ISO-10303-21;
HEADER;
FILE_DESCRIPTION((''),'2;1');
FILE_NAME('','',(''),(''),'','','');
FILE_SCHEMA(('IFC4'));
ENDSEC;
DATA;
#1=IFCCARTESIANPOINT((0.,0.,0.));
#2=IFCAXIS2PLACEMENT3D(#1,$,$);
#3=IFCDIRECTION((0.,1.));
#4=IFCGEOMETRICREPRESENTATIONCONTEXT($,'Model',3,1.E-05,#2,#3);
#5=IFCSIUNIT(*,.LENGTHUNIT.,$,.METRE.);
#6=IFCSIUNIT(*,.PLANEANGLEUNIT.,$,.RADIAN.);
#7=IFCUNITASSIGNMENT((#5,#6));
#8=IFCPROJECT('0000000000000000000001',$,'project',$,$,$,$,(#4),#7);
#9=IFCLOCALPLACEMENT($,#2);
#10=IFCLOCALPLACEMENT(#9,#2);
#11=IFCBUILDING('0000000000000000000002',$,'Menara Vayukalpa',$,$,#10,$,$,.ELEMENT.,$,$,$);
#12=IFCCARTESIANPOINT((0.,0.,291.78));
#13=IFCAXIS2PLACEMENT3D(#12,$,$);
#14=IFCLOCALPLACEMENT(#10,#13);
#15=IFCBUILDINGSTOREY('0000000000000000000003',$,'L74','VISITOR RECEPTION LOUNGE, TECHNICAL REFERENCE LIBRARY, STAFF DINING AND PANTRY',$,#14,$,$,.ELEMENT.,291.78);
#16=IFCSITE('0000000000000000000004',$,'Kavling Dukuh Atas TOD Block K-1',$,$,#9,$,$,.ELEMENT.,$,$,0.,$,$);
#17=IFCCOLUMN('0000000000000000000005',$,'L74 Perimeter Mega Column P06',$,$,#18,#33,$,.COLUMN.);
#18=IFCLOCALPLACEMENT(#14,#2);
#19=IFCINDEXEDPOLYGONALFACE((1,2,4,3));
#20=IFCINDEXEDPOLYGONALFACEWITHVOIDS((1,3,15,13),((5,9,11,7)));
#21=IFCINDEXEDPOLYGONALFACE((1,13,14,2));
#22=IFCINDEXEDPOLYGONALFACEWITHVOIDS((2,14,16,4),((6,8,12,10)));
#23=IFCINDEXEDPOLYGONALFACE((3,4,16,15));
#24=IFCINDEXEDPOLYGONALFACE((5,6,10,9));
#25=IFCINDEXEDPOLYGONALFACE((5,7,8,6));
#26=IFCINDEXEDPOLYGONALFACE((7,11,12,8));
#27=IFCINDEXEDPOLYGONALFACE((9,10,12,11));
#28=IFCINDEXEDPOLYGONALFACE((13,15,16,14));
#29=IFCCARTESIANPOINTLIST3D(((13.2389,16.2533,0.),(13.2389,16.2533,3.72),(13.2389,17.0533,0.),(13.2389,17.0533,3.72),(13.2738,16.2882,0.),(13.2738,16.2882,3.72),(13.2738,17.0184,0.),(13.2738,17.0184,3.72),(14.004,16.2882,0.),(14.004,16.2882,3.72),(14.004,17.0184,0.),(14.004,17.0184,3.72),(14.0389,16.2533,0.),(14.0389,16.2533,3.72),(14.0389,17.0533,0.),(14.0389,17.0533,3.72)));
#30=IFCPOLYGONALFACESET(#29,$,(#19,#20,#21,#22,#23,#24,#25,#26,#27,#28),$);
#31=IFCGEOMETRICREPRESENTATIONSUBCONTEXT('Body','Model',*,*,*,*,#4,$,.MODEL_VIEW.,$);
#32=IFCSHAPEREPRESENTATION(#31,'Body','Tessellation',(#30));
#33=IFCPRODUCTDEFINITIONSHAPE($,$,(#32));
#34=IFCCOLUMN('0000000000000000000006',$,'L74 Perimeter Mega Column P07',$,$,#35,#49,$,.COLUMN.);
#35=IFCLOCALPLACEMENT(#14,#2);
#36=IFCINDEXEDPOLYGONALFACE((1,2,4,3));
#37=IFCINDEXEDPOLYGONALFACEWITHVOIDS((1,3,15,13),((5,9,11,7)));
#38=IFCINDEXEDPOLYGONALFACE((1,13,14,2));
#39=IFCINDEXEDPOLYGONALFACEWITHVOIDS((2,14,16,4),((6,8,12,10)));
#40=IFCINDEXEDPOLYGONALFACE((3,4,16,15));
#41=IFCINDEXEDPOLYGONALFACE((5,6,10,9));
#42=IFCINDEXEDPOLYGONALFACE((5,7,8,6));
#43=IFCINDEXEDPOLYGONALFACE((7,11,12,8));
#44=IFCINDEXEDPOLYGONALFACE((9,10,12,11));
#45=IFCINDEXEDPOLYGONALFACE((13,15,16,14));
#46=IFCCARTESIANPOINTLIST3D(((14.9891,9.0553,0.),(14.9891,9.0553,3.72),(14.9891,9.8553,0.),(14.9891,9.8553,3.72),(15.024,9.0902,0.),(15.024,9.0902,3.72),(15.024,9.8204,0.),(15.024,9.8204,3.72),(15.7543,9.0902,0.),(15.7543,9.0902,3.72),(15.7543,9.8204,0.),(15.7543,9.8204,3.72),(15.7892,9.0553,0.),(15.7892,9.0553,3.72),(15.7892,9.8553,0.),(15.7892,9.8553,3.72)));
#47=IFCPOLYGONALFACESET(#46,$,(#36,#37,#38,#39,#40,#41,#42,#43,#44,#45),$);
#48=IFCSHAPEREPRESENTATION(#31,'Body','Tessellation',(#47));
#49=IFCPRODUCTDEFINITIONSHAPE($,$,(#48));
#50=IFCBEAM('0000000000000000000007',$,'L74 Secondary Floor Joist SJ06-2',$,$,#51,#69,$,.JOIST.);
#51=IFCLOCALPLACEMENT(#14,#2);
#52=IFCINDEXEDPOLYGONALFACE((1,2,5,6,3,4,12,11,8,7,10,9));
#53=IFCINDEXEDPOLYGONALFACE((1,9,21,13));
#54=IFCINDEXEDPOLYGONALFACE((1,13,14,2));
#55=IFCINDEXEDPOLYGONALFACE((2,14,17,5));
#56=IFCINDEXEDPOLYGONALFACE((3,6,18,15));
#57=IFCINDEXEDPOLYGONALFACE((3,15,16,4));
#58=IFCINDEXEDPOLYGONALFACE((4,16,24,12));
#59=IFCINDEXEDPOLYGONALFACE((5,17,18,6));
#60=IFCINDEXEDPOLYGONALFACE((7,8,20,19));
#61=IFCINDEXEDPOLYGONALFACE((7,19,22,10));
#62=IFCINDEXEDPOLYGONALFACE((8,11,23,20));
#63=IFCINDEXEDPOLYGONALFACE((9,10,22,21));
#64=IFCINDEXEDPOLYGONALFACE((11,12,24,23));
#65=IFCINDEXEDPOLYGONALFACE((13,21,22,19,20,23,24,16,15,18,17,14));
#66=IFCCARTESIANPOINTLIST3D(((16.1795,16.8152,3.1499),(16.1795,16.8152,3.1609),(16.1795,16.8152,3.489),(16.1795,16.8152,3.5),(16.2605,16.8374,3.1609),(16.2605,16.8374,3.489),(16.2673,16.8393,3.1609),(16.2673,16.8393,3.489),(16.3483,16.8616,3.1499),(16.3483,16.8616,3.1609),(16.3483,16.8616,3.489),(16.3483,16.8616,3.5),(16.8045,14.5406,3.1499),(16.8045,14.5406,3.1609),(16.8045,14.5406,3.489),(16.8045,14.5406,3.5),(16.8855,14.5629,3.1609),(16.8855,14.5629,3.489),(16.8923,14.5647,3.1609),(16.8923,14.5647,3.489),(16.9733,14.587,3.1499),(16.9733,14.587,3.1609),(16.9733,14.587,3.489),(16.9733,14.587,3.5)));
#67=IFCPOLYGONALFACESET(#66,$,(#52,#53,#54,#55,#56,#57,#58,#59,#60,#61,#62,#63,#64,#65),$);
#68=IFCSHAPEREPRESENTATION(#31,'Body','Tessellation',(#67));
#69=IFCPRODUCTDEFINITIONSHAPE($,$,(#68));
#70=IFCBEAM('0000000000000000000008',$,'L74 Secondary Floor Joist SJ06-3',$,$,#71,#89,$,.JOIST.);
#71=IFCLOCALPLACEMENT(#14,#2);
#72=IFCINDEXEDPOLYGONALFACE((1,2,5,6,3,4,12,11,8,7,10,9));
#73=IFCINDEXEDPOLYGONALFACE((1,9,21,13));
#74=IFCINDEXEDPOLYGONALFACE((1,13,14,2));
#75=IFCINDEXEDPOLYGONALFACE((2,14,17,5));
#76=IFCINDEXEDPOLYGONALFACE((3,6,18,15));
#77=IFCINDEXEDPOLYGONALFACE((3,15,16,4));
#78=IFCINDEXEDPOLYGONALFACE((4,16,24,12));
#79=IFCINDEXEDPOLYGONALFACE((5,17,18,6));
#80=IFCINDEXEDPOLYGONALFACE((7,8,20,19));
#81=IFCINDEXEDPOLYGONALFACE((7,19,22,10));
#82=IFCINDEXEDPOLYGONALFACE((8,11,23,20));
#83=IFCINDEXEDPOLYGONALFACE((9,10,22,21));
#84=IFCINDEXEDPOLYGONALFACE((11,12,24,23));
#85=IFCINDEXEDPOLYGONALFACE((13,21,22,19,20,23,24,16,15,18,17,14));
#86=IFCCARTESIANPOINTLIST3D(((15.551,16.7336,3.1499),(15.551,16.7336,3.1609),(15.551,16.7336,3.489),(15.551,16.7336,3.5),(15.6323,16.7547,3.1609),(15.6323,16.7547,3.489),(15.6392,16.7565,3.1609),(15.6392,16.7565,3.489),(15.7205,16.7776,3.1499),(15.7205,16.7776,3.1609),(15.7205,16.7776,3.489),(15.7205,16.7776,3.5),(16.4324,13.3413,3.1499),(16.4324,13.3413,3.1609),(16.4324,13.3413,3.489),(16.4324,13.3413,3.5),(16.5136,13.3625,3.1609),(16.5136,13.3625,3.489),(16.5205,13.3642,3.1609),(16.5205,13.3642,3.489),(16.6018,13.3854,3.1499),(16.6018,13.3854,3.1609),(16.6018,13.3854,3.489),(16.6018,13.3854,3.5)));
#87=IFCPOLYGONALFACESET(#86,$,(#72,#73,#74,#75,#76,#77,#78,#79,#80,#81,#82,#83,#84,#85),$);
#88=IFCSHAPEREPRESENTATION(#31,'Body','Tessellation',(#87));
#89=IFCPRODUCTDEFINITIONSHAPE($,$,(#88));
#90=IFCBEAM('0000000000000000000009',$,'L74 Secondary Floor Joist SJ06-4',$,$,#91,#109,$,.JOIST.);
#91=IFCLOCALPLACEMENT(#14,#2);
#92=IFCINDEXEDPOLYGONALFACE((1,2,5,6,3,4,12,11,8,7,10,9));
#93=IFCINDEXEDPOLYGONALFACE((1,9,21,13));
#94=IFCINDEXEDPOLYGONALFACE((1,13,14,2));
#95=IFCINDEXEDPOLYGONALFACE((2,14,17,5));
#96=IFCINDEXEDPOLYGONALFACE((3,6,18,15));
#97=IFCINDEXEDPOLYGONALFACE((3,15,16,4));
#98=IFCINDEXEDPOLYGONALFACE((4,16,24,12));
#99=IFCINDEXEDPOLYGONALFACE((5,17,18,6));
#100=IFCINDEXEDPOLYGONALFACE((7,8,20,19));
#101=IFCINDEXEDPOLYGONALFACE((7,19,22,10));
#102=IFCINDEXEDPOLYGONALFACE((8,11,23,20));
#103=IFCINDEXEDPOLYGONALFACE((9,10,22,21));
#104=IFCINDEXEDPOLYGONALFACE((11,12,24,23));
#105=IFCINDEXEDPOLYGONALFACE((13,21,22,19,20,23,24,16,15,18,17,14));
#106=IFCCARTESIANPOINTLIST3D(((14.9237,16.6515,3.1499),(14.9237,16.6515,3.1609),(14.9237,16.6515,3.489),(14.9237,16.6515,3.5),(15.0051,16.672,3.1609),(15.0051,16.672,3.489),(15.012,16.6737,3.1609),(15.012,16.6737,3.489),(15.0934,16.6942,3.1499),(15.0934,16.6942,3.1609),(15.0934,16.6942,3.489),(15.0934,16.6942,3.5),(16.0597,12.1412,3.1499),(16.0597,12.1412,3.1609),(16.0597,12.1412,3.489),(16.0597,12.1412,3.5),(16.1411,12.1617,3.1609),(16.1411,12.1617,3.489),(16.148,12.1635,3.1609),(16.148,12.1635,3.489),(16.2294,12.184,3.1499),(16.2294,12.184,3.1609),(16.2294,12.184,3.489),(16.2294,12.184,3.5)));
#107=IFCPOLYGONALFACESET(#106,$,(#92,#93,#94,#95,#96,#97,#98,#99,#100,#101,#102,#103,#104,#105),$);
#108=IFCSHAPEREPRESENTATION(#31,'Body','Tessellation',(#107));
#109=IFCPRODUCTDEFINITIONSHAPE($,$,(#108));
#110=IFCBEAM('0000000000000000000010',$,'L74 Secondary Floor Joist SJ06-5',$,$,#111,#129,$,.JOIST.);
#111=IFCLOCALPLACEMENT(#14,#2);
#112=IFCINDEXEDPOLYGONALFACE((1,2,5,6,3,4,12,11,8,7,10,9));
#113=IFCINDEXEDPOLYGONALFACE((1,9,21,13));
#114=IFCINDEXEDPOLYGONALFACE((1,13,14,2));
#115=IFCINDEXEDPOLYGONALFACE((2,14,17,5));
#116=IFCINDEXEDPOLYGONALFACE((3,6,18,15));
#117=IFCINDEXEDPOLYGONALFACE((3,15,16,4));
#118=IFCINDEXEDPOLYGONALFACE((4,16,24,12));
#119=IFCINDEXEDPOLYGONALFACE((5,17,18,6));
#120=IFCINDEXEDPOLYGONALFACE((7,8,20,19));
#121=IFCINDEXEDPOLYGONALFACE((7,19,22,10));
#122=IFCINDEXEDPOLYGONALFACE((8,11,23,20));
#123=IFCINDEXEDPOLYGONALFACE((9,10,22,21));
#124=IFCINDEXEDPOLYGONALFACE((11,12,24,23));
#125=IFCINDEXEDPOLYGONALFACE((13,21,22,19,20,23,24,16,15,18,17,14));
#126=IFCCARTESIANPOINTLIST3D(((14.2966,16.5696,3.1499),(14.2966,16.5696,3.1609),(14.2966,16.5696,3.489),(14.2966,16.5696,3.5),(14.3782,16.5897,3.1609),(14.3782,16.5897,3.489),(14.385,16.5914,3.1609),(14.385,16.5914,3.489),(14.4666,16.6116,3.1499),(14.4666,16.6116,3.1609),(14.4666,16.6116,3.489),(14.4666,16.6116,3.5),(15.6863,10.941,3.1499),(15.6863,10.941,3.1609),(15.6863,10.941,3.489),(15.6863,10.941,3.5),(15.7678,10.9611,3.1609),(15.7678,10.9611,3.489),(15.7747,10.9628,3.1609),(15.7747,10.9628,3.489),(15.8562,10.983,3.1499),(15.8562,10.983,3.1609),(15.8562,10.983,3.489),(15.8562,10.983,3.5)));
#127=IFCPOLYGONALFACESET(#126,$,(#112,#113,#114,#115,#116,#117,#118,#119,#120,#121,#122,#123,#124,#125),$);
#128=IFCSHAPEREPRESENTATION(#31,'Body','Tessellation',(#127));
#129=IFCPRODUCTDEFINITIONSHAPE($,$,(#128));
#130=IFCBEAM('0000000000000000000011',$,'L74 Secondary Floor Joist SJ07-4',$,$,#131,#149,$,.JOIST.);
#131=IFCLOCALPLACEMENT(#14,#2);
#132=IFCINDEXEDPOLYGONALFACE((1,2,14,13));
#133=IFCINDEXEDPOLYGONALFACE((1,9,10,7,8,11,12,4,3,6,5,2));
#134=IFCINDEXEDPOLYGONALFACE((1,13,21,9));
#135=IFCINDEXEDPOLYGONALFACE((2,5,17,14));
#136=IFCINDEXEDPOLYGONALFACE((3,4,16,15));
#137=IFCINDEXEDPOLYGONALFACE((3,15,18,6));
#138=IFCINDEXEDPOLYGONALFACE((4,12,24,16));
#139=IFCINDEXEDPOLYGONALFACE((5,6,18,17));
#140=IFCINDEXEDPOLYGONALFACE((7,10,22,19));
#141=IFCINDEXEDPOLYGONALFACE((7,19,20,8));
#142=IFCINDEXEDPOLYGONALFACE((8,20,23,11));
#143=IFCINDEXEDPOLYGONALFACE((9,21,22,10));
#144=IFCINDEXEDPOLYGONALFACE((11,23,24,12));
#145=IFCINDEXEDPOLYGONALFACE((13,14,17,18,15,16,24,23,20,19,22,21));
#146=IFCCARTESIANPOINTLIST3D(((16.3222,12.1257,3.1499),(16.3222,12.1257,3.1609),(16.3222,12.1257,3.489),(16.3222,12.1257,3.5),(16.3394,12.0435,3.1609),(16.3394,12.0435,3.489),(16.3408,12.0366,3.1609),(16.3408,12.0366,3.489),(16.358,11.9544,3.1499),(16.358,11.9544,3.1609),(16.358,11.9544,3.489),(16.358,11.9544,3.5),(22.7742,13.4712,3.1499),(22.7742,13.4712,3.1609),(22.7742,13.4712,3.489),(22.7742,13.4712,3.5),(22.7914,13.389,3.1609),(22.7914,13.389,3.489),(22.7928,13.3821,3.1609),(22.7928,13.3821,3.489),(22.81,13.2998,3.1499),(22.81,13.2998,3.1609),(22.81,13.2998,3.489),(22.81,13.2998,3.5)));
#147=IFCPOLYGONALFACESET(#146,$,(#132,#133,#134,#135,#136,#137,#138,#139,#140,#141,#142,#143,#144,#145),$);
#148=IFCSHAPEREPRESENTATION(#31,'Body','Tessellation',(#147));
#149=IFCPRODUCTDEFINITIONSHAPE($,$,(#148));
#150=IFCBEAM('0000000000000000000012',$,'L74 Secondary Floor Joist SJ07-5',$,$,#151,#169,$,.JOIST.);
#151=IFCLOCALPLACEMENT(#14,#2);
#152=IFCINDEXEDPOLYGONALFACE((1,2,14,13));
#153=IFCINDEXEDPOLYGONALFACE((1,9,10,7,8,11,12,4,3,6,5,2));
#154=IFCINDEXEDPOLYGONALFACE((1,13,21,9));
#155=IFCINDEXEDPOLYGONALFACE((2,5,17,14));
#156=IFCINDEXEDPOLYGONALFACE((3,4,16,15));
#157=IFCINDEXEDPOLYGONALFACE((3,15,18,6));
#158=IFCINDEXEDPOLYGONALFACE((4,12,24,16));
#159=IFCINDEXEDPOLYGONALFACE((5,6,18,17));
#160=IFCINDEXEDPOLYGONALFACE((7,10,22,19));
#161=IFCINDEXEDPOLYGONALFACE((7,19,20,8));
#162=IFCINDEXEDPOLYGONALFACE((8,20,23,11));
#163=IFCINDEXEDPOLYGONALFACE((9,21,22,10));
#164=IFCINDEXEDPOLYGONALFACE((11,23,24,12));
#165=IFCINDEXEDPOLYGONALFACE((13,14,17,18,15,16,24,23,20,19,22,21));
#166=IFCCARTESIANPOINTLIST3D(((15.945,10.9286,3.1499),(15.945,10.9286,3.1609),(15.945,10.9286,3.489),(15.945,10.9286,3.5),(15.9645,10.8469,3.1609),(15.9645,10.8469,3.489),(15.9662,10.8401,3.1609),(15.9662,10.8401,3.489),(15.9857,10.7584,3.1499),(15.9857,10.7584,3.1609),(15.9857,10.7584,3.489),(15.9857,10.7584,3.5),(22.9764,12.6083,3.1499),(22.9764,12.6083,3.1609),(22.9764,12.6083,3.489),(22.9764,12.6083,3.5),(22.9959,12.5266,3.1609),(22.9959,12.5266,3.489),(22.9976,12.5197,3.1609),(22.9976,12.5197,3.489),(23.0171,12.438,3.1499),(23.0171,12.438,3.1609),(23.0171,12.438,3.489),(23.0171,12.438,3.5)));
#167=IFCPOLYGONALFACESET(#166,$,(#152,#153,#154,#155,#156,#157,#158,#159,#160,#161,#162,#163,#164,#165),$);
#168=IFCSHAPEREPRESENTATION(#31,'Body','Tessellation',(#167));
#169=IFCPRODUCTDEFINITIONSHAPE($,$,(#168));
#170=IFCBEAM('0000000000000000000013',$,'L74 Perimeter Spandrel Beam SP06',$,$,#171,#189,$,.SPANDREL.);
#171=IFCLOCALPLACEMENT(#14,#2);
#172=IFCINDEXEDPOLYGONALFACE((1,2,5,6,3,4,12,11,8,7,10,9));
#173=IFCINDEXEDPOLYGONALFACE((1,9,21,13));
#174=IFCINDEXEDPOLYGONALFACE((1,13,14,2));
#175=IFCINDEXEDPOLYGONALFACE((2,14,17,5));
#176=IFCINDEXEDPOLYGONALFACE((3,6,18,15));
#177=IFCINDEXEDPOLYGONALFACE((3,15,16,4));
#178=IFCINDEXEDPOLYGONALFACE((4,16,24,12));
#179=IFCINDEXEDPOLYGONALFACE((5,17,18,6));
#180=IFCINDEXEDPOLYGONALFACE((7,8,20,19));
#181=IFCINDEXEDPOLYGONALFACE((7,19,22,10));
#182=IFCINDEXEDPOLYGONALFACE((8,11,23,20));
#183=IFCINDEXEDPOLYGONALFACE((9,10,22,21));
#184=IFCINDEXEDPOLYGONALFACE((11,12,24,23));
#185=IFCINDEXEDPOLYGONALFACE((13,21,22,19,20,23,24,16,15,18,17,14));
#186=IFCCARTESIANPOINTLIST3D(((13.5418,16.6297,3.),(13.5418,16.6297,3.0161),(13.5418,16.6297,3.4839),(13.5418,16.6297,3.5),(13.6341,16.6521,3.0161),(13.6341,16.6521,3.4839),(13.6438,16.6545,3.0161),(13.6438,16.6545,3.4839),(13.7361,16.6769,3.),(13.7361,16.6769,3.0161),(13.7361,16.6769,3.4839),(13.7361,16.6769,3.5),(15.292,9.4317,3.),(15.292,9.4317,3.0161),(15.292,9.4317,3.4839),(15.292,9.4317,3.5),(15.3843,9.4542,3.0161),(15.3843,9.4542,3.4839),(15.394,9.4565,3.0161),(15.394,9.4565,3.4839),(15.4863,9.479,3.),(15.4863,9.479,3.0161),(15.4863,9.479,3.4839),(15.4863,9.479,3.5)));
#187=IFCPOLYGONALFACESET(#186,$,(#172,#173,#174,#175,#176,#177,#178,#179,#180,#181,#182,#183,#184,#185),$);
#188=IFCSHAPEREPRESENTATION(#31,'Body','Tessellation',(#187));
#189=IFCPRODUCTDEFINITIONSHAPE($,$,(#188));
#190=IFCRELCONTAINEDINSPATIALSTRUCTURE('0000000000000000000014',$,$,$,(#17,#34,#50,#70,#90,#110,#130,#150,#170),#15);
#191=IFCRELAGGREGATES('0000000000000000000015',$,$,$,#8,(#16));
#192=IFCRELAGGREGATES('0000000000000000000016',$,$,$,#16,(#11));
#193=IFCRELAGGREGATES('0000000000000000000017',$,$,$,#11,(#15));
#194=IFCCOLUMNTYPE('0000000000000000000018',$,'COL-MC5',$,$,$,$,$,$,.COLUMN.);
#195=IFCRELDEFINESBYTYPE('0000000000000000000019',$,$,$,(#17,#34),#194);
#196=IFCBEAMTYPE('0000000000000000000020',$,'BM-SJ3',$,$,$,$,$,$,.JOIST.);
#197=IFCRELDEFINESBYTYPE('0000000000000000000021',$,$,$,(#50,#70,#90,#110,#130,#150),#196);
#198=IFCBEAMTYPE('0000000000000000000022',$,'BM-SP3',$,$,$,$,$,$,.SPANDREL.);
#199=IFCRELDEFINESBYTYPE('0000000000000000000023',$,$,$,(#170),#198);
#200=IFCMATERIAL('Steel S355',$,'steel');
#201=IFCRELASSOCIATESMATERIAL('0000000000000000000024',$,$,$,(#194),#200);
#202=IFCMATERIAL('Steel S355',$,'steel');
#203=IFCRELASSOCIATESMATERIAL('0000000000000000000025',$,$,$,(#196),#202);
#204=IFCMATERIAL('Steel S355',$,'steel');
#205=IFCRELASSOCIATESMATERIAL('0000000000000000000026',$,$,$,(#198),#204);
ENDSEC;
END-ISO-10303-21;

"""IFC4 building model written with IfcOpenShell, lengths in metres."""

from ifc_helpers import new_model, si_unit, direction, frame, origin, origin_2d, place, context, subcontext, project, spatial, hollow_rectangle, i_section, extrude, material, material_profile, profile_set, type_object, element, save


model = new_model("IFC4")

# Units and contexts
model_context = context("Model", 3, precision=1e-05, world=origin(), true_north=direction((0.0, 1.0)))
body_context = subcontext(model_context, "Body", "Model", "MODEL_VIEW")
ifc_project = project(units=[si_unit("LENGTHUNIT", "METRE"), si_unit("PLANEANGLEUNIT", "RADIAN")], contexts=[model_context])

# Site, building, storey
site_placement = place(None, origin())
site = spatial("IfcSite", under=ifc_project, at=site_placement, Name="Kavling Dukuh Atas TOD Block K-1", CompositionType="ELEMENT", RefElevation=0.0)
building_placement = place(site_placement, origin())
building = spatial("IfcBuilding", under=site, at=building_placement, Name="Menara Vayukalpa", CompositionType="ELEMENT")
storey_placement = place(building_placement, frame((0.0, 0.0, 291.78)))
storey = spatial("IfcBuildingStorey", under=building, at=storey_placement, Name="L74", Description="VISITOR RECEPTION LOUNGE, TECHNICAL REFERENCE LIBRARY, STAFF DINING AND PANTRY", CompositionType="ELEMENT", Elevation=291.78)

# Columns
ifc_material_1 = material(Name="Steel S355", Category="steel")
ifc_material_profile_1 = material_profile(ifc_material_1, hollow_rectangle(XDim=0.8, YDim=0.8, WallThickness=0.0349, at=origin_2d()), Name="BOX 800x800x35")
ifc_profile_set_1 = profile_set([ifc_material_profile_1], Name="Steel S355")
column_type = type_object("IfcColumnType", Name="COL-MC5", PredefinedType="COLUMN", material=ifc_profile_set_1)
for number, where, z_axis, x_axis, name in (
    (1, (13.6389, 16.6533, 0.0), (0.0, 0.0, 1.0), (1.0, 0.0, 0.0), "L74 Perimeter Mega Column P06"),
    (2, (15.3892, 9.4553, 0.0), (0.0, 0.0, 1.0), (1.0, 0.0, 0.0), "L74 Perimeter Mega Column P07"),
):
    element("IfcColumn", number, at=place(storey_placement, frame(where, z_axis=z_axis, x_axis=x_axis)), inside=storey, type_object=column_type, Name=name, PredefinedType="COLUMN", context=body_context, shape_type="SweptSolid", body=[
        extrude(hollow_rectangle(XDim=0.8, YDim=0.8, WallThickness=0.0349, at=origin_2d()), origin(), (0.0, 0.0, 1.0), 3.72),
    ])

# Beams
ifc_material_2 = material(Name="Steel S355", Category="steel")
ifc_material_profile_2 = material_profile(ifc_material_2, i_section(OverallWidth=0.175, OverallDepth=0.3501, WebThickness=0.0071, FlangeThickness=0.011, at=origin_2d()), Name="WF 350x175x7x11")
ifc_profile_set_2 = profile_set([ifc_material_profile_2], Name="Steel S355")
beam_type_1 = type_object("IfcBeamType", Name="BM-SJ3", PredefinedType="JOIST", material=ifc_profile_set_2)
beam_1_placement = place(storey_placement, frame((16.2639, 16.8384, 3.325), z_axis=(0.264947, -0.964263, 0.0), x_axis=(0.964263, 0.264947, 0.0)))
element("IfcBeam", 3, at=beam_1_placement, inside=storey, type_object=beam_type_1, Name="L74 Secondary Floor Joist SJ06-2", PredefinedType="JOIST", context=body_context, shape_type="SweptSolid", body=[
    extrude(i_section(OverallWidth=0.175, OverallDepth=0.3501, WebThickness=0.0071, FlangeThickness=0.011, at=origin_2d()), origin(), (0.0, 0.0, 1.0), 2.3589),
])
beam_2_placement = place(storey_placement, frame((15.6357, 16.7556, 3.325), z_axis=(0.251458, -0.967868, 0.0), x_axis=(0.967868, 0.251458, 0.0)))
element("IfcBeam", 4, at=beam_2_placement, inside=storey, type_object=beam_type_1, Name="L74 Secondary Floor Joist SJ06-3", PredefinedType="JOIST", context=body_context, shape_type="SweptSolid", body=[
    extrude(i_section(OverallWidth=0.175, OverallDepth=0.3501, WebThickness=0.0071, FlangeThickness=0.011, at=origin_2d()), origin(), (0.0, 0.0, 1.0), 3.5049),
])
beam_3_placement = place(storey_placement, frame((15.0085, 16.6729, 3.325), z_axis=(0.24424, -0.969715, 0.0), x_axis=(0.969715, 0.24424, 0.0)))
element("IfcBeam", 5, at=beam_3_placement, inside=storey, type_object=beam_type_1, Name="L74 Secondary Floor Joist SJ06-4", PredefinedType="JOIST", context=body_context, shape_type="SweptSolid", body=[
    extrude(i_section(OverallWidth=0.175, OverallDepth=0.3501, WebThickness=0.0071, FlangeThickness=0.011, at=origin_2d()), origin(), (0.0, 0.0, 1.0), 4.6511),
])
beam_4_placement = place(storey_placement, frame((14.3816, 16.5906, 3.325), z_axis=(0.239691, -0.970849, 0.0), x_axis=(0.970849, 0.239691, 0.0)))
element("IfcBeam", 6, at=beam_4_placement, inside=storey, type_object=beam_type_1, Name="L74 Secondary Floor Joist SJ06-5", PredefinedType="JOIST", context=body_context, shape_type="SweptSolid", body=[
    extrude(i_section(OverallWidth=0.175, OverallDepth=0.3501, WebThickness=0.0071, FlangeThickness=0.011, at=origin_2d()), origin(), (0.0, 0.0, 1.0), 5.7976),
])
beam_5_placement = place(storey_placement, frame((16.3401, 12.04, 3.325), z_axis=(0.978941, 0.204145, 0.0), x_axis=(-0.204145, 0.978941, 0.0)))
element("IfcBeam", 7, at=beam_5_placement, inside=storey, type_object=beam_type_1, Name="L74 Secondary Floor Joist SJ07-4", PredefinedType="JOIST", context=body_context, shape_type="SweptSolid", body=[
    extrude(i_section(OverallWidth=0.175, OverallDepth=0.3501, WebThickness=0.0071, FlangeThickness=0.011, at=origin_2d()), origin(), (0.0, 0.0, 1.0), 6.5908),
])
beam_6_placement = place(storey_placement, frame((15.9653, 10.8435, 3.325), z_axis=(0.972634, 0.232343, 0.0), x_axis=(-0.232343, 0.972634, 0.0)))
element("IfcBeam", 8, at=beam_6_placement, inside=storey, type_object=beam_type_1, Name="L74 Secondary Floor Joist SJ07-5", PredefinedType="JOIST", context=body_context, shape_type="SweptSolid", body=[
    extrude(i_section(OverallWidth=0.175, OverallDepth=0.3501, WebThickness=0.0071, FlangeThickness=0.011, at=origin_2d()), origin(), (0.0, 0.0, 1.0), 7.2292),
])
ifc_material_3 = material(Name="Steel S355", Category="steel")
ifc_material_profile_3 = material_profile(ifc_material_3, i_section(OverallWidth=0.2, OverallDepth=0.5, WebThickness=0.01, FlangeThickness=0.0161, at=origin_2d()), Name="WF 500x200x10x16")
ifc_profile_set_3 = profile_set([ifc_material_profile_3], Name="Steel S355")
beam_type_2 = type_object("IfcBeamType", Name="BM-SP3", PredefinedType="SPANDREL", material=ifc_profile_set_3)
beam_7_placement = place(storey_placement, frame((13.6389, 16.6533, 3.25), z_axis=(0.236273, -0.971687, 0.0), x_axis=(0.971687, 0.236273, 0.0)))
element("IfcBeam", 9, at=beam_7_placement, inside=storey, type_object=beam_type_2, Name="L74 Perimeter Spandrel Beam SP06", PredefinedType="SPANDREL", context=body_context, shape_type="SweptSolid", body=[
    extrude(i_section(OverallWidth=0.2, OverallDepth=0.5, WebThickness=0.01, FlangeThickness=0.0161, at=origin_2d()), origin(), (0.0, 0.0, 1.0), 7.4077),
])

save(model, "model.ifc")
